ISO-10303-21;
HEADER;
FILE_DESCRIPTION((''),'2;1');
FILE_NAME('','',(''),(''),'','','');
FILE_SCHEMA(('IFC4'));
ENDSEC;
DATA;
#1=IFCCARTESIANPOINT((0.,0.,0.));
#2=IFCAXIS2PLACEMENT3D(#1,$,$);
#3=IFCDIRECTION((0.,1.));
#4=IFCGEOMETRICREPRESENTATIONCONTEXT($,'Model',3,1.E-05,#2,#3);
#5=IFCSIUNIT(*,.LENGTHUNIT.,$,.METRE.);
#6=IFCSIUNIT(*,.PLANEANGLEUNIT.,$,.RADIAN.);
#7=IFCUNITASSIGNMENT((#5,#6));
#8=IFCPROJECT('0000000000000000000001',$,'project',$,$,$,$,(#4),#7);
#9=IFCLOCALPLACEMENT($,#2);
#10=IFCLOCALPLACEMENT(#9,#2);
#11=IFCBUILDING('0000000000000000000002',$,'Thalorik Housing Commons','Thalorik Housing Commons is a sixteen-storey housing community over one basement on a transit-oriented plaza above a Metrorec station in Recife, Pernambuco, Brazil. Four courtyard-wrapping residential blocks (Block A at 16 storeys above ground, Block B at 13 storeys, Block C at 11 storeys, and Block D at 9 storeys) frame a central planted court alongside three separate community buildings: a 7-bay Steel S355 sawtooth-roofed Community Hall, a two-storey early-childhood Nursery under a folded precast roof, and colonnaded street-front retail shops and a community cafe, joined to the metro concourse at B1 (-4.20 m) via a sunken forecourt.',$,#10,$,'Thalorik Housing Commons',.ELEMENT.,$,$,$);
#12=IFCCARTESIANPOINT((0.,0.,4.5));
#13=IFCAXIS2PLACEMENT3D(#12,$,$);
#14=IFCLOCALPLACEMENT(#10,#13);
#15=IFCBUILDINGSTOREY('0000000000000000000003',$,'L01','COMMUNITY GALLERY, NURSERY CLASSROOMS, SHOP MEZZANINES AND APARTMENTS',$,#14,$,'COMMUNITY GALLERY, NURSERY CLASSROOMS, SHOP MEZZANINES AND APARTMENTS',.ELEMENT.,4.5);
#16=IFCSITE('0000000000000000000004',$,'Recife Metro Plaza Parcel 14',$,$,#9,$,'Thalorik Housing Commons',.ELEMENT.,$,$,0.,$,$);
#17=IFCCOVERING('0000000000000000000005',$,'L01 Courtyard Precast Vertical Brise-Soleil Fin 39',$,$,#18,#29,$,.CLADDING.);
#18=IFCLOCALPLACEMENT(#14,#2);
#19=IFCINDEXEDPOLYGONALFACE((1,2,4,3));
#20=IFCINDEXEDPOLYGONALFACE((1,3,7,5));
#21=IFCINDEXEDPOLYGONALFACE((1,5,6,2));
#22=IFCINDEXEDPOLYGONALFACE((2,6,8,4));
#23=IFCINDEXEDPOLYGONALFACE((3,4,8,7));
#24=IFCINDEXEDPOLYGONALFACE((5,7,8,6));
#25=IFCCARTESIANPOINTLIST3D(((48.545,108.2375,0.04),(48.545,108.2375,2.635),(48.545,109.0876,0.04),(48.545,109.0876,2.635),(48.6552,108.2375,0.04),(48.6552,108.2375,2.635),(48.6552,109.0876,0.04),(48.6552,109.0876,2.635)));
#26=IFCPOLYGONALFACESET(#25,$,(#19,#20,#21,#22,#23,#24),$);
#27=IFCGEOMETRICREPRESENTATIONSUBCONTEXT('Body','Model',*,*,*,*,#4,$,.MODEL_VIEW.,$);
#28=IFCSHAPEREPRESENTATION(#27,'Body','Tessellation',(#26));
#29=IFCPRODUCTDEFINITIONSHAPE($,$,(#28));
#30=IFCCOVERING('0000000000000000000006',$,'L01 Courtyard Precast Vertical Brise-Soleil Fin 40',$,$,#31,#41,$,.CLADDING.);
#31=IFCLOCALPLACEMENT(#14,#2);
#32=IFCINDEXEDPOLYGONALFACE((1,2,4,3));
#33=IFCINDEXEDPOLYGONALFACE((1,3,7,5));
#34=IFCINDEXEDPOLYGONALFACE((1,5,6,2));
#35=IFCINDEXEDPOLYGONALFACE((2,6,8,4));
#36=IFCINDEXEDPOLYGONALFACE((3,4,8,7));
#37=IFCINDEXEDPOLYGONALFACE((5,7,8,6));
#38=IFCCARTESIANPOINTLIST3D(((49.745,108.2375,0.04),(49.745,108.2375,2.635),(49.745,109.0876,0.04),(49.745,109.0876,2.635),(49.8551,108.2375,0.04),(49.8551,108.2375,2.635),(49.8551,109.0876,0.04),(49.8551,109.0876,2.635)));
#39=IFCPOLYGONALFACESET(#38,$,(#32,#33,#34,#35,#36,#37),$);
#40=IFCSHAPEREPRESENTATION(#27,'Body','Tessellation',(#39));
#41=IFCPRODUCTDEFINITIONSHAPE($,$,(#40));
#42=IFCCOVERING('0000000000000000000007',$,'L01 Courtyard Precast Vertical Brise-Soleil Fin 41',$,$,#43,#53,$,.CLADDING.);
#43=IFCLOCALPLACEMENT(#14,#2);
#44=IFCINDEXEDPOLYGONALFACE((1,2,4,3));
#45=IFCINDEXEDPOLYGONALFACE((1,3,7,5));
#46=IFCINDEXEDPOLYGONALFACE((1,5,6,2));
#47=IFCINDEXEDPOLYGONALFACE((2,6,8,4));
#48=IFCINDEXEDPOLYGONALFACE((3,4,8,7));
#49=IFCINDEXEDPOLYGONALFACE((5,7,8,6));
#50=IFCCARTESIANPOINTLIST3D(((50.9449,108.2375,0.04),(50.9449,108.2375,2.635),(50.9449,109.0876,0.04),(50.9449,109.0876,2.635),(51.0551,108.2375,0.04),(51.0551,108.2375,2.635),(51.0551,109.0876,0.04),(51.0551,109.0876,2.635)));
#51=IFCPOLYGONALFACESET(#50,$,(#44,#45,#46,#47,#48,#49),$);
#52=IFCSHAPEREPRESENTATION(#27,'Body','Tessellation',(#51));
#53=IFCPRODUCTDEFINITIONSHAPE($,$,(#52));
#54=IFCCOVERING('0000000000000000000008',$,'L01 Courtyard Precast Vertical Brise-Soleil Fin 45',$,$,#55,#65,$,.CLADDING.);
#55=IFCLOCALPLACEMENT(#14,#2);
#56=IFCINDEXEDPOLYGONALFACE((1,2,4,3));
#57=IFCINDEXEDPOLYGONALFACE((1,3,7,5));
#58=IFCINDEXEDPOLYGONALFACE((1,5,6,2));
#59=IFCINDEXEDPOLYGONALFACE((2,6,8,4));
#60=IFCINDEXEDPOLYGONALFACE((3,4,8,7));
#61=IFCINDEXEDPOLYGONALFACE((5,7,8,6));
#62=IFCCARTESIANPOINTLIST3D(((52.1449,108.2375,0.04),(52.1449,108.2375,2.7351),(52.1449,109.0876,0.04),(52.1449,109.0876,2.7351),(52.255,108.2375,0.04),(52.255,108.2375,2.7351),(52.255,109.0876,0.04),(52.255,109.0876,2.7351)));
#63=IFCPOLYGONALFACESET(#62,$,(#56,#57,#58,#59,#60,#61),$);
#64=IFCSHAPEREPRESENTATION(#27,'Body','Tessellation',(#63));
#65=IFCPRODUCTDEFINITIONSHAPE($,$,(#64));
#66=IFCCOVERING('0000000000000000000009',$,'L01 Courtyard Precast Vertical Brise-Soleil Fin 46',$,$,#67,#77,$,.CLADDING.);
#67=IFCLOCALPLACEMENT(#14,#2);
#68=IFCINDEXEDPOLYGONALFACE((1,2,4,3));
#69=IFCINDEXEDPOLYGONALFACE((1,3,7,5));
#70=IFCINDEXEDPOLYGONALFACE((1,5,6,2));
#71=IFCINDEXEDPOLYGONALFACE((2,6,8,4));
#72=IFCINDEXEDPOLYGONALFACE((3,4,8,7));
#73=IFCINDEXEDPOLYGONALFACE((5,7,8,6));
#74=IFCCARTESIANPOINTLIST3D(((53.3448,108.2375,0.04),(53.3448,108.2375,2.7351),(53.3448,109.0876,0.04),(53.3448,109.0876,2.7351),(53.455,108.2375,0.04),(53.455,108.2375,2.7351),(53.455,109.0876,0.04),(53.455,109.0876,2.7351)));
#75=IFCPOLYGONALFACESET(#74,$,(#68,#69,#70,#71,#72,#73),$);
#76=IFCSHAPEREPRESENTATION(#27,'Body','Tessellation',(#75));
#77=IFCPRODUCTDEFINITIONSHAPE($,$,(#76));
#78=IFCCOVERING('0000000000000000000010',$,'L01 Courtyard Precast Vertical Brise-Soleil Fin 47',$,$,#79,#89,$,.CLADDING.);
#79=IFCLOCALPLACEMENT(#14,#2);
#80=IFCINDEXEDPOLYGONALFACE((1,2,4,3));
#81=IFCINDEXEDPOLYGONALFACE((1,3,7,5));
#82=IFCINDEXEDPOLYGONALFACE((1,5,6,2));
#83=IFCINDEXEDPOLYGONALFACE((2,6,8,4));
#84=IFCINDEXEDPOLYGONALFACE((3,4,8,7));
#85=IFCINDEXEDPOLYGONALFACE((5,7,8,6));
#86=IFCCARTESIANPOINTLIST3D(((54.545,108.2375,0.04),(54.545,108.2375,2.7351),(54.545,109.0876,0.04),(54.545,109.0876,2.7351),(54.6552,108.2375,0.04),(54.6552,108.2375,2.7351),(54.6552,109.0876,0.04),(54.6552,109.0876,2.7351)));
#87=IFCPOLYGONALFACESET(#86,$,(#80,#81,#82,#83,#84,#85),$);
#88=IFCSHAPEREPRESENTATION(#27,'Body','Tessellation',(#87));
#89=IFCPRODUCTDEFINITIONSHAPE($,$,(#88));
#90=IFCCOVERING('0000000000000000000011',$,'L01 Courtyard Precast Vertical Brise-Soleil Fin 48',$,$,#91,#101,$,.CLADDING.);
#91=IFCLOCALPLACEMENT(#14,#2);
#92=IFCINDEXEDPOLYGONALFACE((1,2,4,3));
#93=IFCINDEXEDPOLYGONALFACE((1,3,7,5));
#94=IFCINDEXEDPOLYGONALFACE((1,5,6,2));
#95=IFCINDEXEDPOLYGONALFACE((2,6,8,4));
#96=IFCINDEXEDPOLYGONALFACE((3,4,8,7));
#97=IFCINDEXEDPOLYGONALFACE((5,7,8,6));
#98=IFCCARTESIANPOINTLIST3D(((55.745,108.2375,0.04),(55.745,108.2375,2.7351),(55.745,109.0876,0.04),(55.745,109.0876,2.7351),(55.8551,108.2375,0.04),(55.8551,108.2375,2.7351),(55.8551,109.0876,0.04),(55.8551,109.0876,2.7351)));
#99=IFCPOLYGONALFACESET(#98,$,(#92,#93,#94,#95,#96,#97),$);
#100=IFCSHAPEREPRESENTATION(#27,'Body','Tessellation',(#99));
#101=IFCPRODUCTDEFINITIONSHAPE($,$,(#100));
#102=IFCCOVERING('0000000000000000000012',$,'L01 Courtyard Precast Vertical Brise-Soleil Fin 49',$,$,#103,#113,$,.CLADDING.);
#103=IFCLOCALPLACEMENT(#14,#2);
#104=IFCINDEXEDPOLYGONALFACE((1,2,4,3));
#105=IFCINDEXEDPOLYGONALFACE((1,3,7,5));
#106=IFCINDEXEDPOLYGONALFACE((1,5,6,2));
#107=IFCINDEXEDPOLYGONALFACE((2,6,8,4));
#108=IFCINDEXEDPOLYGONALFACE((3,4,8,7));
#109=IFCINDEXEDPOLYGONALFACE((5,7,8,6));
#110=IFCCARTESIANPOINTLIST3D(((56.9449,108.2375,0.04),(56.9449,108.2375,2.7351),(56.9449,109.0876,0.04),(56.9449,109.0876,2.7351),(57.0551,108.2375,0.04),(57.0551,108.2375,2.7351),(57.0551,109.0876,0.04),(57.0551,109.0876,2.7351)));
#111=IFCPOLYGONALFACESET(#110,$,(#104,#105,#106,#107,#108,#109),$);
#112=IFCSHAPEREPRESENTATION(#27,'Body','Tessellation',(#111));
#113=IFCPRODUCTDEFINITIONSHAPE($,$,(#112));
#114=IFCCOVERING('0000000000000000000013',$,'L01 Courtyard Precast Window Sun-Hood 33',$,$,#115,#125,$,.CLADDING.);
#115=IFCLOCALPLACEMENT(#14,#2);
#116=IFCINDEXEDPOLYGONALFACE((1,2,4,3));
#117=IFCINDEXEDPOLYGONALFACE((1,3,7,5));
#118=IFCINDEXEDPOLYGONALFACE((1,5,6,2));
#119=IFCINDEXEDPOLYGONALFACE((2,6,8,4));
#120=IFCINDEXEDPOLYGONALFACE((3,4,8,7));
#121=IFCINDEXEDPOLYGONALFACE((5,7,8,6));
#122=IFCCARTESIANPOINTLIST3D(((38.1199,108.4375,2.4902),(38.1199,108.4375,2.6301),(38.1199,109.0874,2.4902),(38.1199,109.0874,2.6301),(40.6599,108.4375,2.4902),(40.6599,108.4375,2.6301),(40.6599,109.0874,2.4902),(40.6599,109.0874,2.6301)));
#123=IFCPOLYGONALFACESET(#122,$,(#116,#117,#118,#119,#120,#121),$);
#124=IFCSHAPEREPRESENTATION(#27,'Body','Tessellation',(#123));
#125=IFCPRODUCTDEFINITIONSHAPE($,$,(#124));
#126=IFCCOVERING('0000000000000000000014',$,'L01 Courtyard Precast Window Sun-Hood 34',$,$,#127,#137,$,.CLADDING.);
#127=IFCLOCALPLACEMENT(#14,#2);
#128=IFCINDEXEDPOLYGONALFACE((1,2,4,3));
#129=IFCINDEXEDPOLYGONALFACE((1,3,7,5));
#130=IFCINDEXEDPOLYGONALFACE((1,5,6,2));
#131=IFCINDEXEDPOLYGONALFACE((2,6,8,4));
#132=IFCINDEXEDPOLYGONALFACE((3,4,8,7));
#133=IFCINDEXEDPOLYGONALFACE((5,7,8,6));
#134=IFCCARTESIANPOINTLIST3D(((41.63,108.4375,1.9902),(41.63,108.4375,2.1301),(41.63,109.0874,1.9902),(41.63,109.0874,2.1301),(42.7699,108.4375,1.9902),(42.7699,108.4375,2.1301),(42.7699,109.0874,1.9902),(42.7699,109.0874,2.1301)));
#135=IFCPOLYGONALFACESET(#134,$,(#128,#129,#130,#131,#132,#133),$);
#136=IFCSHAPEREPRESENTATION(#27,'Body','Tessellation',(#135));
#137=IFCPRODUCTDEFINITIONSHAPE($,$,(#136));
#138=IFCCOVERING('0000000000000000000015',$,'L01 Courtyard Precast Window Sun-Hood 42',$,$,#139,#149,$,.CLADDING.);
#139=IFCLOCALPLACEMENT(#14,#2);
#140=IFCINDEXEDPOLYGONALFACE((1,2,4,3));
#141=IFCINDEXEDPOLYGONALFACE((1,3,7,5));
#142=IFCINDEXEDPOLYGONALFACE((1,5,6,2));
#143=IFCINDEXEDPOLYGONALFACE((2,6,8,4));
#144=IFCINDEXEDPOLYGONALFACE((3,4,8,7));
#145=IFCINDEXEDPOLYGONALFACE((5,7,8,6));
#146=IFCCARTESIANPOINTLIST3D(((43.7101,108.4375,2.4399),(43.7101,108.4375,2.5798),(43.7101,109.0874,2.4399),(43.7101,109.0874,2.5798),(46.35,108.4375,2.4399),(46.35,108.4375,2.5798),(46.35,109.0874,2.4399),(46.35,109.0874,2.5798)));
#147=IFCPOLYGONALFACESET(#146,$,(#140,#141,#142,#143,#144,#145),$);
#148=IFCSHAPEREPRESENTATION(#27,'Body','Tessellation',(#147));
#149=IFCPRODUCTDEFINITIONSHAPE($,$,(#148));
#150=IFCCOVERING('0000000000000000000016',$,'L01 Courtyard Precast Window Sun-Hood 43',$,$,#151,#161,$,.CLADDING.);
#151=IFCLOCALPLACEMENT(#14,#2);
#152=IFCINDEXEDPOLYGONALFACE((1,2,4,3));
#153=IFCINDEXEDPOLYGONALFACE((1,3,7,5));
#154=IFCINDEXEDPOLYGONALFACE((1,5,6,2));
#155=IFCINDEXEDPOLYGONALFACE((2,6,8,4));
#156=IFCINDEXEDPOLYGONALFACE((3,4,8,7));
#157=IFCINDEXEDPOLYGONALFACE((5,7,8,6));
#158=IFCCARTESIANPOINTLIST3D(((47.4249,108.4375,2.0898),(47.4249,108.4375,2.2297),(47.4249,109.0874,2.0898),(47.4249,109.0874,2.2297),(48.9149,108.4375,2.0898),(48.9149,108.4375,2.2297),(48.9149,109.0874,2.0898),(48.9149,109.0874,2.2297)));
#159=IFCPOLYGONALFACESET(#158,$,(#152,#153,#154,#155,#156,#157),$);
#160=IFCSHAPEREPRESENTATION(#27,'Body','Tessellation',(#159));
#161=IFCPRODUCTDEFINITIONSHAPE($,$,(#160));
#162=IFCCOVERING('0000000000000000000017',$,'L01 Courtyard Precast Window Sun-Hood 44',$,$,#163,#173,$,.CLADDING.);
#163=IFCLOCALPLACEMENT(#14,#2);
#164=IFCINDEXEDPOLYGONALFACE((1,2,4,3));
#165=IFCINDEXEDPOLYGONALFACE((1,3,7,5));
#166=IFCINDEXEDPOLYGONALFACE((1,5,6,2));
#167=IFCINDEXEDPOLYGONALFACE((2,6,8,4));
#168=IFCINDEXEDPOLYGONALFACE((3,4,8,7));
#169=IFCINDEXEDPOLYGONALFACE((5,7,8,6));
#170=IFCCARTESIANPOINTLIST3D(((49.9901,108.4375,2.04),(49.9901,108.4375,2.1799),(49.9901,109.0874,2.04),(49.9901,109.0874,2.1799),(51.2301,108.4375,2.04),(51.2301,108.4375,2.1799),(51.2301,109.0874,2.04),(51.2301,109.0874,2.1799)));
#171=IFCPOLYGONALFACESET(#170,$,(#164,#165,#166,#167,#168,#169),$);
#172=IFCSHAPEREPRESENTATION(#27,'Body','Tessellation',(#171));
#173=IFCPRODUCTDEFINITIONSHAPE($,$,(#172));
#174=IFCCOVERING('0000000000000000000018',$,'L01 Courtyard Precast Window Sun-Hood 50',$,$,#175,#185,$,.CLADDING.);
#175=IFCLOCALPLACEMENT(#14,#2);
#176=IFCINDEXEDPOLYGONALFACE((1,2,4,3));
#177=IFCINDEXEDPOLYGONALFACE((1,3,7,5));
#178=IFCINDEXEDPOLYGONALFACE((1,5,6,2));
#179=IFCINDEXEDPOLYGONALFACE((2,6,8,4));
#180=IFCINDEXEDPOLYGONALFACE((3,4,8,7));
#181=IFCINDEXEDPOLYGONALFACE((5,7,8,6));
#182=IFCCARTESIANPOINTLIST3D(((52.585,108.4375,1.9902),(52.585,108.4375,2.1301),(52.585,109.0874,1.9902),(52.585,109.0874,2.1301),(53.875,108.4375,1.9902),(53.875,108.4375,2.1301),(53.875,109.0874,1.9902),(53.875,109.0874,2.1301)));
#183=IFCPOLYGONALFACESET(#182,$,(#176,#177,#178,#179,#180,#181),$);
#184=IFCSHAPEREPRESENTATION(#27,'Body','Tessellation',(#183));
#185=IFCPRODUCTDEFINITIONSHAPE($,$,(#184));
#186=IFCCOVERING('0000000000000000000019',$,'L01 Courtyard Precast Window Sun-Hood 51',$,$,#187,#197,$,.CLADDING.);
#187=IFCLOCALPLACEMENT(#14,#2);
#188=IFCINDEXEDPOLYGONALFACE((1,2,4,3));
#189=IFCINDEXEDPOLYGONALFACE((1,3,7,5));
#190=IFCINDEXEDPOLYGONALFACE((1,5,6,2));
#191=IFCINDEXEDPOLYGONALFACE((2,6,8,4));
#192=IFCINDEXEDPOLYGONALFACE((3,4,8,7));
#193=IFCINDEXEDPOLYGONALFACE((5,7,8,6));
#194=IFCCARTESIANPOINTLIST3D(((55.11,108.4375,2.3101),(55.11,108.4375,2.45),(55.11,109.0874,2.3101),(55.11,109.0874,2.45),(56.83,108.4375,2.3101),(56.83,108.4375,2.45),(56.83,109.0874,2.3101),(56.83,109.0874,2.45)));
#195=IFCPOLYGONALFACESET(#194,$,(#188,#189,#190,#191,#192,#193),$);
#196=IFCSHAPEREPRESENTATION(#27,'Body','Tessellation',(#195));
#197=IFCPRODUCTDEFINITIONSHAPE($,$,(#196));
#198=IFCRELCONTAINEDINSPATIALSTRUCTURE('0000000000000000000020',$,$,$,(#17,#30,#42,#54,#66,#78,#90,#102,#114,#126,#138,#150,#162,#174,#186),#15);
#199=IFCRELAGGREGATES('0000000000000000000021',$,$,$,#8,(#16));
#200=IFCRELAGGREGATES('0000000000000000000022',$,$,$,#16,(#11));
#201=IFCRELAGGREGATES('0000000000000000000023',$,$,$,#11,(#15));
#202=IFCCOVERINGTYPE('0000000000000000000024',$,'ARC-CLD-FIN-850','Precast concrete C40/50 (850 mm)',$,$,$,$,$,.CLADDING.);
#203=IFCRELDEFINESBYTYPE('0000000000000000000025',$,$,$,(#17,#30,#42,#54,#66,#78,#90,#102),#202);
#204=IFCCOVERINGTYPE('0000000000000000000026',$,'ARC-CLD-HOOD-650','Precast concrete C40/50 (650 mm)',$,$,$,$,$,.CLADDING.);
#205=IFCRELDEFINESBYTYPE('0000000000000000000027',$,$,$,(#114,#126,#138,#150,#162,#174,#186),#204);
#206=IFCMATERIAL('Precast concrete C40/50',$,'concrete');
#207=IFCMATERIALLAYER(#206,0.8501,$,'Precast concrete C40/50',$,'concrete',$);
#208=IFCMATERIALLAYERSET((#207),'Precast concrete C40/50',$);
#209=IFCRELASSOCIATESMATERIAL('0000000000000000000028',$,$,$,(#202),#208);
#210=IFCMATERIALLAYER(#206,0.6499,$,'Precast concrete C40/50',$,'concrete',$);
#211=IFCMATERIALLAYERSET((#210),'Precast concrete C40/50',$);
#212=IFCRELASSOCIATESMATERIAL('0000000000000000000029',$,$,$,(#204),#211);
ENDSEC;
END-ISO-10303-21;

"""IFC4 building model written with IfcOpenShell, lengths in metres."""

from ifc_helpers import new_model, si_unit, direction, frame, origin, origin_2d, place, context, subcontext, project, spatial, rectangle, extrude, material, layer, layer_set, type_object, element, save


model = new_model("IFC4")

# Units and contexts
model_context = context("Model", 3, precision=1e-05, world=origin(), true_north=direction((0.0, 1.0)))
body_context = subcontext(model_context, "Body", "Model", "MODEL_VIEW")
ifc_project = project(units=[si_unit("LENGTHUNIT", "METRE"), si_unit("PLANEANGLEUNIT", "RADIAN")], contexts=[model_context])

# Site, building, storey
site_placement = place(None, origin())
site = spatial("IfcSite", under=ifc_project, at=site_placement, Name="Recife Metro Plaza Parcel 14", LongName="Thalorik Housing Commons", CompositionType="ELEMENT", RefElevation=0.0)
building_placement = place(site_placement, origin())
building = spatial("IfcBuilding", under=site, at=building_placement, Name="Thalorik Housing Commons", Description="Thalorik Housing Commons is a sixteen-storey housing community over one basement on a transit-oriented plaza above a Metrorec station in Recife, Pernambuco, Brazil. Four courtyard-wrapping residential blocks (Block A at 16 storeys above ground, Block B at 13 storeys, Block C at 11 storeys, and Block D at 9 storeys) frame a central planted court alongside three separate community buildings: a 7-bay Steel S355 sawtooth-roofed Community Hall, a two-storey early-childhood Nursery under a folded precast roof, and colonnaded street-front retail shops and a community cafe, joined to the metro concourse at B1 (-4.20 m) via a sunken forecourt.", LongName="Thalorik Housing Commons", CompositionType="ELEMENT")
storey_placement = place(building_placement, frame((0.0, 0.0, 4.5)))
storey = spatial("IfcBuildingStorey", under=building, at=storey_placement, Name="L01", Description="COMMUNITY GALLERY, NURSERY CLASSROOMS, SHOP MEZZANINES AND APARTMENTS", LongName="COMMUNITY GALLERY, NURSERY CLASSROOMS, SHOP MEZZANINES AND APARTMENTS", CompositionType="ELEMENT", Elevation=4.5)

# Shared definitions
ifc_material_1 = material(Name="Precast concrete C40/50", Category="concrete")

# Coverings
ifc_layer_1 = layer(ifc_material_1, 0.8501, Name="Precast concrete C40/50", Category="concrete")
ifc_layer_set_1 = layer_set([ifc_layer_1], Name="Precast concrete C40/50")
covering_type_1 = type_object("IfcCoveringType", Name="ARC-CLD-FIN-850", Description="Precast concrete C40/50 (850 mm)", PredefinedType="CLADDING", material=ifc_layer_set_1)
for number, where, z_axis, x_axis, name in (
    (1, (48.6001, 108.6626, 0.04), (0.0, 0.0, 1.0), (1.0, 0.0, 0.0), "L01 Courtyard Precast Vertical Brise-Soleil Fin 39"),
    (2, (49.8, 108.6626, 0.04), (0.0, 0.0, 1.0), (1.0, 0.0, 0.0), "L01 Courtyard Precast Vertical Brise-Soleil Fin 40"),
    (3, (51.0, 108.6626, 0.04), (0.0, 0.0, 1.0), (1.0, 0.0, 0.0), "L01 Courtyard Precast Vertical Brise-Soleil Fin 41"),
):
    element("IfcCovering", number, at=place(storey_placement, frame(where, z_axis=z_axis, x_axis=x_axis)), inside=storey, type_object=covering_type_1, Name=name, PredefinedType="CLADDING", context=body_context, shape_type="SweptSolid", body=[
        extrude(rectangle(XDim=0.1101, YDim=0.8501, at=origin_2d()), origin(), (0.0, 0.0, 1.0), 2.595),
    ])
for number, where, z_axis, x_axis, name in (
    (4, (52.2, 108.6626, 0.04), (0.0, 0.0, 1.0), (1.0, 0.0, 0.0), "L01 Courtyard Precast Vertical Brise-Soleil Fin 45"),
    (5, (53.3999, 108.6626, 0.04), (0.0, 0.0, 1.0), (1.0, 0.0, 0.0), "L01 Courtyard Precast Vertical Brise-Soleil Fin 46"),
    (6, (54.6001, 108.6626, 0.04), (0.0, 0.0, 1.0), (1.0, 0.0, 0.0), "L01 Courtyard Precast Vertical Brise-Soleil Fin 47"),
    (7, (55.8, 108.6626, 0.04), (0.0, 0.0, 1.0), (1.0, 0.0, 0.0), "L01 Courtyard Precast Vertical Brise-Soleil Fin 48"),
    (8, (57.0, 108.6626, 0.04), (0.0, 0.0, 1.0), (1.0, 0.0, 0.0), "L01 Courtyard Precast Vertical Brise-Soleil Fin 49"),
):
    element("IfcCovering", number, at=place(storey_placement, frame(where, z_axis=z_axis, x_axis=x_axis)), inside=storey, type_object=covering_type_1, Name=name, PredefinedType="CLADDING", context=body_context, shape_type="SweptSolid", body=[
        extrude(rectangle(XDim=0.1101, YDim=0.8501, at=origin_2d()), origin(), (0.0, 0.0, 1.0), 2.6951),
    ])
ifc_layer_2 = layer(ifc_material_1, 0.6499, Name="Precast concrete C40/50", Category="concrete")
ifc_layer_set_2 = layer_set([ifc_layer_2], Name="Precast concrete C40/50")
covering_type_2 = type_object("IfcCoveringType", Name="ARC-CLD-HOOD-650", Description="Precast concrete C40/50 (650 mm)", PredefinedType="CLADDING", material=ifc_layer_set_2)
covering_1_placement = place(storey_placement, frame((39.3899, 108.7625, 2.4902), z_axis=(0.0, 0.0, 1.0), x_axis=(1.0, 0.0, 0.0)))
element("IfcCovering", 9, at=covering_1_placement, inside=storey, type_object=covering_type_2, Name="L01 Courtyard Precast Window Sun-Hood 33", PredefinedType="CLADDING", context=body_context, shape_type="SweptSolid", body=[
    extrude(rectangle(XDim=2.54, YDim=0.6499, at=origin_2d()), origin(), (0.0, 0.0, 1.0), 0.1399),
])
covering_2_placement = place(storey_placement, frame((42.2, 108.7625, 1.9902), z_axis=(0.0, 0.0, 1.0), x_axis=(1.0, 0.0, 0.0)))
element("IfcCovering", 10, at=covering_2_placement, inside=storey, type_object=covering_type_2, Name="L01 Courtyard Precast Window Sun-Hood 34", PredefinedType="CLADDING", context=body_context, shape_type="SweptSolid", body=[
    extrude(rectangle(XDim=1.1399, YDim=0.6499, at=origin_2d()), origin(), (0.0, 0.0, 1.0), 0.1399),
])
covering_3_placement = place(storey_placement, frame((45.03, 108.7625, 2.4399), z_axis=(0.0, 0.0, 1.0), x_axis=(1.0, 0.0, 0.0)))
element("IfcCovering", 11, at=covering_3_placement, inside=storey, type_object=covering_type_2, Name="L01 Courtyard Precast Window Sun-Hood 42", PredefinedType="CLADDING", context=body_context, shape_type="SweptSolid", body=[
    extrude(rectangle(XDim=2.6399, YDim=0.6499, at=origin_2d()), origin(), (0.0, 0.0, 1.0), 0.1399),
])
covering_4_placement = place(storey_placement, frame((48.1699, 108.7625, 2.0898), z_axis=(0.0, 0.0, 1.0), x_axis=(1.0, 0.0, 0.0)))
element("IfcCovering", 12, at=covering_4_placement, inside=storey, type_object=covering_type_2, Name="L01 Courtyard Precast Window Sun-Hood 43", PredefinedType="CLADDING", context=body_context, shape_type="SweptSolid", body=[
    extrude(rectangle(XDim=1.49, YDim=0.6499, at=origin_2d()), origin(), (0.0, 0.0, 1.0), 0.1399),
])
covering_5_placement = place(storey_placement, frame((50.6101, 108.7625, 2.04), z_axis=(0.0, 0.0, 1.0), x_axis=(1.0, 0.0, 0.0)))
element("IfcCovering", 13, at=covering_5_placement, inside=storey, type_object=covering_type_2, Name="L01 Courtyard Precast Window Sun-Hood 44", PredefinedType="CLADDING", context=body_context, shape_type="SweptSolid", body=[
    extrude(rectangle(XDim=1.24, YDim=0.6499, at=origin_2d()), origin(), (0.0, 0.0, 1.0), 0.1399),
])
covering_6_placement = place(storey_placement, frame((53.23, 108.7625, 1.9902), z_axis=(0.0, 0.0, 1.0), x_axis=(1.0, 0.0, 0.0)))
element("IfcCovering", 14, at=covering_6_placement, inside=storey, type_object=covering_type_2, Name="L01 Courtyard Precast Window Sun-Hood 50", PredefinedType="CLADDING", context=body_context, shape_type="SweptSolid", body=[
    extrude(rectangle(XDim=1.29, YDim=0.6499, at=origin_2d()), origin(), (0.0, 0.0, 1.0), 0.1399),
])
covering_7_placement = place(storey_placement, frame((55.97, 108.7625, 2.3101), z_axis=(0.0, 0.0, 1.0), x_axis=(1.0, 0.0, 0.0)))
element("IfcCovering", 15, at=covering_7_placement, inside=storey, type_object=covering_type_2, Name="L01 Courtyard Precast Window Sun-Hood 51", PredefinedType="CLADDING", context=body_context, shape_type="SweptSolid", body=[
    extrude(rectangle(XDim=1.72, YDim=0.6499, at=origin_2d()), origin(), (0.0, 0.0, 1.0), 0.1399),
])

save(model, "model.ifc")
